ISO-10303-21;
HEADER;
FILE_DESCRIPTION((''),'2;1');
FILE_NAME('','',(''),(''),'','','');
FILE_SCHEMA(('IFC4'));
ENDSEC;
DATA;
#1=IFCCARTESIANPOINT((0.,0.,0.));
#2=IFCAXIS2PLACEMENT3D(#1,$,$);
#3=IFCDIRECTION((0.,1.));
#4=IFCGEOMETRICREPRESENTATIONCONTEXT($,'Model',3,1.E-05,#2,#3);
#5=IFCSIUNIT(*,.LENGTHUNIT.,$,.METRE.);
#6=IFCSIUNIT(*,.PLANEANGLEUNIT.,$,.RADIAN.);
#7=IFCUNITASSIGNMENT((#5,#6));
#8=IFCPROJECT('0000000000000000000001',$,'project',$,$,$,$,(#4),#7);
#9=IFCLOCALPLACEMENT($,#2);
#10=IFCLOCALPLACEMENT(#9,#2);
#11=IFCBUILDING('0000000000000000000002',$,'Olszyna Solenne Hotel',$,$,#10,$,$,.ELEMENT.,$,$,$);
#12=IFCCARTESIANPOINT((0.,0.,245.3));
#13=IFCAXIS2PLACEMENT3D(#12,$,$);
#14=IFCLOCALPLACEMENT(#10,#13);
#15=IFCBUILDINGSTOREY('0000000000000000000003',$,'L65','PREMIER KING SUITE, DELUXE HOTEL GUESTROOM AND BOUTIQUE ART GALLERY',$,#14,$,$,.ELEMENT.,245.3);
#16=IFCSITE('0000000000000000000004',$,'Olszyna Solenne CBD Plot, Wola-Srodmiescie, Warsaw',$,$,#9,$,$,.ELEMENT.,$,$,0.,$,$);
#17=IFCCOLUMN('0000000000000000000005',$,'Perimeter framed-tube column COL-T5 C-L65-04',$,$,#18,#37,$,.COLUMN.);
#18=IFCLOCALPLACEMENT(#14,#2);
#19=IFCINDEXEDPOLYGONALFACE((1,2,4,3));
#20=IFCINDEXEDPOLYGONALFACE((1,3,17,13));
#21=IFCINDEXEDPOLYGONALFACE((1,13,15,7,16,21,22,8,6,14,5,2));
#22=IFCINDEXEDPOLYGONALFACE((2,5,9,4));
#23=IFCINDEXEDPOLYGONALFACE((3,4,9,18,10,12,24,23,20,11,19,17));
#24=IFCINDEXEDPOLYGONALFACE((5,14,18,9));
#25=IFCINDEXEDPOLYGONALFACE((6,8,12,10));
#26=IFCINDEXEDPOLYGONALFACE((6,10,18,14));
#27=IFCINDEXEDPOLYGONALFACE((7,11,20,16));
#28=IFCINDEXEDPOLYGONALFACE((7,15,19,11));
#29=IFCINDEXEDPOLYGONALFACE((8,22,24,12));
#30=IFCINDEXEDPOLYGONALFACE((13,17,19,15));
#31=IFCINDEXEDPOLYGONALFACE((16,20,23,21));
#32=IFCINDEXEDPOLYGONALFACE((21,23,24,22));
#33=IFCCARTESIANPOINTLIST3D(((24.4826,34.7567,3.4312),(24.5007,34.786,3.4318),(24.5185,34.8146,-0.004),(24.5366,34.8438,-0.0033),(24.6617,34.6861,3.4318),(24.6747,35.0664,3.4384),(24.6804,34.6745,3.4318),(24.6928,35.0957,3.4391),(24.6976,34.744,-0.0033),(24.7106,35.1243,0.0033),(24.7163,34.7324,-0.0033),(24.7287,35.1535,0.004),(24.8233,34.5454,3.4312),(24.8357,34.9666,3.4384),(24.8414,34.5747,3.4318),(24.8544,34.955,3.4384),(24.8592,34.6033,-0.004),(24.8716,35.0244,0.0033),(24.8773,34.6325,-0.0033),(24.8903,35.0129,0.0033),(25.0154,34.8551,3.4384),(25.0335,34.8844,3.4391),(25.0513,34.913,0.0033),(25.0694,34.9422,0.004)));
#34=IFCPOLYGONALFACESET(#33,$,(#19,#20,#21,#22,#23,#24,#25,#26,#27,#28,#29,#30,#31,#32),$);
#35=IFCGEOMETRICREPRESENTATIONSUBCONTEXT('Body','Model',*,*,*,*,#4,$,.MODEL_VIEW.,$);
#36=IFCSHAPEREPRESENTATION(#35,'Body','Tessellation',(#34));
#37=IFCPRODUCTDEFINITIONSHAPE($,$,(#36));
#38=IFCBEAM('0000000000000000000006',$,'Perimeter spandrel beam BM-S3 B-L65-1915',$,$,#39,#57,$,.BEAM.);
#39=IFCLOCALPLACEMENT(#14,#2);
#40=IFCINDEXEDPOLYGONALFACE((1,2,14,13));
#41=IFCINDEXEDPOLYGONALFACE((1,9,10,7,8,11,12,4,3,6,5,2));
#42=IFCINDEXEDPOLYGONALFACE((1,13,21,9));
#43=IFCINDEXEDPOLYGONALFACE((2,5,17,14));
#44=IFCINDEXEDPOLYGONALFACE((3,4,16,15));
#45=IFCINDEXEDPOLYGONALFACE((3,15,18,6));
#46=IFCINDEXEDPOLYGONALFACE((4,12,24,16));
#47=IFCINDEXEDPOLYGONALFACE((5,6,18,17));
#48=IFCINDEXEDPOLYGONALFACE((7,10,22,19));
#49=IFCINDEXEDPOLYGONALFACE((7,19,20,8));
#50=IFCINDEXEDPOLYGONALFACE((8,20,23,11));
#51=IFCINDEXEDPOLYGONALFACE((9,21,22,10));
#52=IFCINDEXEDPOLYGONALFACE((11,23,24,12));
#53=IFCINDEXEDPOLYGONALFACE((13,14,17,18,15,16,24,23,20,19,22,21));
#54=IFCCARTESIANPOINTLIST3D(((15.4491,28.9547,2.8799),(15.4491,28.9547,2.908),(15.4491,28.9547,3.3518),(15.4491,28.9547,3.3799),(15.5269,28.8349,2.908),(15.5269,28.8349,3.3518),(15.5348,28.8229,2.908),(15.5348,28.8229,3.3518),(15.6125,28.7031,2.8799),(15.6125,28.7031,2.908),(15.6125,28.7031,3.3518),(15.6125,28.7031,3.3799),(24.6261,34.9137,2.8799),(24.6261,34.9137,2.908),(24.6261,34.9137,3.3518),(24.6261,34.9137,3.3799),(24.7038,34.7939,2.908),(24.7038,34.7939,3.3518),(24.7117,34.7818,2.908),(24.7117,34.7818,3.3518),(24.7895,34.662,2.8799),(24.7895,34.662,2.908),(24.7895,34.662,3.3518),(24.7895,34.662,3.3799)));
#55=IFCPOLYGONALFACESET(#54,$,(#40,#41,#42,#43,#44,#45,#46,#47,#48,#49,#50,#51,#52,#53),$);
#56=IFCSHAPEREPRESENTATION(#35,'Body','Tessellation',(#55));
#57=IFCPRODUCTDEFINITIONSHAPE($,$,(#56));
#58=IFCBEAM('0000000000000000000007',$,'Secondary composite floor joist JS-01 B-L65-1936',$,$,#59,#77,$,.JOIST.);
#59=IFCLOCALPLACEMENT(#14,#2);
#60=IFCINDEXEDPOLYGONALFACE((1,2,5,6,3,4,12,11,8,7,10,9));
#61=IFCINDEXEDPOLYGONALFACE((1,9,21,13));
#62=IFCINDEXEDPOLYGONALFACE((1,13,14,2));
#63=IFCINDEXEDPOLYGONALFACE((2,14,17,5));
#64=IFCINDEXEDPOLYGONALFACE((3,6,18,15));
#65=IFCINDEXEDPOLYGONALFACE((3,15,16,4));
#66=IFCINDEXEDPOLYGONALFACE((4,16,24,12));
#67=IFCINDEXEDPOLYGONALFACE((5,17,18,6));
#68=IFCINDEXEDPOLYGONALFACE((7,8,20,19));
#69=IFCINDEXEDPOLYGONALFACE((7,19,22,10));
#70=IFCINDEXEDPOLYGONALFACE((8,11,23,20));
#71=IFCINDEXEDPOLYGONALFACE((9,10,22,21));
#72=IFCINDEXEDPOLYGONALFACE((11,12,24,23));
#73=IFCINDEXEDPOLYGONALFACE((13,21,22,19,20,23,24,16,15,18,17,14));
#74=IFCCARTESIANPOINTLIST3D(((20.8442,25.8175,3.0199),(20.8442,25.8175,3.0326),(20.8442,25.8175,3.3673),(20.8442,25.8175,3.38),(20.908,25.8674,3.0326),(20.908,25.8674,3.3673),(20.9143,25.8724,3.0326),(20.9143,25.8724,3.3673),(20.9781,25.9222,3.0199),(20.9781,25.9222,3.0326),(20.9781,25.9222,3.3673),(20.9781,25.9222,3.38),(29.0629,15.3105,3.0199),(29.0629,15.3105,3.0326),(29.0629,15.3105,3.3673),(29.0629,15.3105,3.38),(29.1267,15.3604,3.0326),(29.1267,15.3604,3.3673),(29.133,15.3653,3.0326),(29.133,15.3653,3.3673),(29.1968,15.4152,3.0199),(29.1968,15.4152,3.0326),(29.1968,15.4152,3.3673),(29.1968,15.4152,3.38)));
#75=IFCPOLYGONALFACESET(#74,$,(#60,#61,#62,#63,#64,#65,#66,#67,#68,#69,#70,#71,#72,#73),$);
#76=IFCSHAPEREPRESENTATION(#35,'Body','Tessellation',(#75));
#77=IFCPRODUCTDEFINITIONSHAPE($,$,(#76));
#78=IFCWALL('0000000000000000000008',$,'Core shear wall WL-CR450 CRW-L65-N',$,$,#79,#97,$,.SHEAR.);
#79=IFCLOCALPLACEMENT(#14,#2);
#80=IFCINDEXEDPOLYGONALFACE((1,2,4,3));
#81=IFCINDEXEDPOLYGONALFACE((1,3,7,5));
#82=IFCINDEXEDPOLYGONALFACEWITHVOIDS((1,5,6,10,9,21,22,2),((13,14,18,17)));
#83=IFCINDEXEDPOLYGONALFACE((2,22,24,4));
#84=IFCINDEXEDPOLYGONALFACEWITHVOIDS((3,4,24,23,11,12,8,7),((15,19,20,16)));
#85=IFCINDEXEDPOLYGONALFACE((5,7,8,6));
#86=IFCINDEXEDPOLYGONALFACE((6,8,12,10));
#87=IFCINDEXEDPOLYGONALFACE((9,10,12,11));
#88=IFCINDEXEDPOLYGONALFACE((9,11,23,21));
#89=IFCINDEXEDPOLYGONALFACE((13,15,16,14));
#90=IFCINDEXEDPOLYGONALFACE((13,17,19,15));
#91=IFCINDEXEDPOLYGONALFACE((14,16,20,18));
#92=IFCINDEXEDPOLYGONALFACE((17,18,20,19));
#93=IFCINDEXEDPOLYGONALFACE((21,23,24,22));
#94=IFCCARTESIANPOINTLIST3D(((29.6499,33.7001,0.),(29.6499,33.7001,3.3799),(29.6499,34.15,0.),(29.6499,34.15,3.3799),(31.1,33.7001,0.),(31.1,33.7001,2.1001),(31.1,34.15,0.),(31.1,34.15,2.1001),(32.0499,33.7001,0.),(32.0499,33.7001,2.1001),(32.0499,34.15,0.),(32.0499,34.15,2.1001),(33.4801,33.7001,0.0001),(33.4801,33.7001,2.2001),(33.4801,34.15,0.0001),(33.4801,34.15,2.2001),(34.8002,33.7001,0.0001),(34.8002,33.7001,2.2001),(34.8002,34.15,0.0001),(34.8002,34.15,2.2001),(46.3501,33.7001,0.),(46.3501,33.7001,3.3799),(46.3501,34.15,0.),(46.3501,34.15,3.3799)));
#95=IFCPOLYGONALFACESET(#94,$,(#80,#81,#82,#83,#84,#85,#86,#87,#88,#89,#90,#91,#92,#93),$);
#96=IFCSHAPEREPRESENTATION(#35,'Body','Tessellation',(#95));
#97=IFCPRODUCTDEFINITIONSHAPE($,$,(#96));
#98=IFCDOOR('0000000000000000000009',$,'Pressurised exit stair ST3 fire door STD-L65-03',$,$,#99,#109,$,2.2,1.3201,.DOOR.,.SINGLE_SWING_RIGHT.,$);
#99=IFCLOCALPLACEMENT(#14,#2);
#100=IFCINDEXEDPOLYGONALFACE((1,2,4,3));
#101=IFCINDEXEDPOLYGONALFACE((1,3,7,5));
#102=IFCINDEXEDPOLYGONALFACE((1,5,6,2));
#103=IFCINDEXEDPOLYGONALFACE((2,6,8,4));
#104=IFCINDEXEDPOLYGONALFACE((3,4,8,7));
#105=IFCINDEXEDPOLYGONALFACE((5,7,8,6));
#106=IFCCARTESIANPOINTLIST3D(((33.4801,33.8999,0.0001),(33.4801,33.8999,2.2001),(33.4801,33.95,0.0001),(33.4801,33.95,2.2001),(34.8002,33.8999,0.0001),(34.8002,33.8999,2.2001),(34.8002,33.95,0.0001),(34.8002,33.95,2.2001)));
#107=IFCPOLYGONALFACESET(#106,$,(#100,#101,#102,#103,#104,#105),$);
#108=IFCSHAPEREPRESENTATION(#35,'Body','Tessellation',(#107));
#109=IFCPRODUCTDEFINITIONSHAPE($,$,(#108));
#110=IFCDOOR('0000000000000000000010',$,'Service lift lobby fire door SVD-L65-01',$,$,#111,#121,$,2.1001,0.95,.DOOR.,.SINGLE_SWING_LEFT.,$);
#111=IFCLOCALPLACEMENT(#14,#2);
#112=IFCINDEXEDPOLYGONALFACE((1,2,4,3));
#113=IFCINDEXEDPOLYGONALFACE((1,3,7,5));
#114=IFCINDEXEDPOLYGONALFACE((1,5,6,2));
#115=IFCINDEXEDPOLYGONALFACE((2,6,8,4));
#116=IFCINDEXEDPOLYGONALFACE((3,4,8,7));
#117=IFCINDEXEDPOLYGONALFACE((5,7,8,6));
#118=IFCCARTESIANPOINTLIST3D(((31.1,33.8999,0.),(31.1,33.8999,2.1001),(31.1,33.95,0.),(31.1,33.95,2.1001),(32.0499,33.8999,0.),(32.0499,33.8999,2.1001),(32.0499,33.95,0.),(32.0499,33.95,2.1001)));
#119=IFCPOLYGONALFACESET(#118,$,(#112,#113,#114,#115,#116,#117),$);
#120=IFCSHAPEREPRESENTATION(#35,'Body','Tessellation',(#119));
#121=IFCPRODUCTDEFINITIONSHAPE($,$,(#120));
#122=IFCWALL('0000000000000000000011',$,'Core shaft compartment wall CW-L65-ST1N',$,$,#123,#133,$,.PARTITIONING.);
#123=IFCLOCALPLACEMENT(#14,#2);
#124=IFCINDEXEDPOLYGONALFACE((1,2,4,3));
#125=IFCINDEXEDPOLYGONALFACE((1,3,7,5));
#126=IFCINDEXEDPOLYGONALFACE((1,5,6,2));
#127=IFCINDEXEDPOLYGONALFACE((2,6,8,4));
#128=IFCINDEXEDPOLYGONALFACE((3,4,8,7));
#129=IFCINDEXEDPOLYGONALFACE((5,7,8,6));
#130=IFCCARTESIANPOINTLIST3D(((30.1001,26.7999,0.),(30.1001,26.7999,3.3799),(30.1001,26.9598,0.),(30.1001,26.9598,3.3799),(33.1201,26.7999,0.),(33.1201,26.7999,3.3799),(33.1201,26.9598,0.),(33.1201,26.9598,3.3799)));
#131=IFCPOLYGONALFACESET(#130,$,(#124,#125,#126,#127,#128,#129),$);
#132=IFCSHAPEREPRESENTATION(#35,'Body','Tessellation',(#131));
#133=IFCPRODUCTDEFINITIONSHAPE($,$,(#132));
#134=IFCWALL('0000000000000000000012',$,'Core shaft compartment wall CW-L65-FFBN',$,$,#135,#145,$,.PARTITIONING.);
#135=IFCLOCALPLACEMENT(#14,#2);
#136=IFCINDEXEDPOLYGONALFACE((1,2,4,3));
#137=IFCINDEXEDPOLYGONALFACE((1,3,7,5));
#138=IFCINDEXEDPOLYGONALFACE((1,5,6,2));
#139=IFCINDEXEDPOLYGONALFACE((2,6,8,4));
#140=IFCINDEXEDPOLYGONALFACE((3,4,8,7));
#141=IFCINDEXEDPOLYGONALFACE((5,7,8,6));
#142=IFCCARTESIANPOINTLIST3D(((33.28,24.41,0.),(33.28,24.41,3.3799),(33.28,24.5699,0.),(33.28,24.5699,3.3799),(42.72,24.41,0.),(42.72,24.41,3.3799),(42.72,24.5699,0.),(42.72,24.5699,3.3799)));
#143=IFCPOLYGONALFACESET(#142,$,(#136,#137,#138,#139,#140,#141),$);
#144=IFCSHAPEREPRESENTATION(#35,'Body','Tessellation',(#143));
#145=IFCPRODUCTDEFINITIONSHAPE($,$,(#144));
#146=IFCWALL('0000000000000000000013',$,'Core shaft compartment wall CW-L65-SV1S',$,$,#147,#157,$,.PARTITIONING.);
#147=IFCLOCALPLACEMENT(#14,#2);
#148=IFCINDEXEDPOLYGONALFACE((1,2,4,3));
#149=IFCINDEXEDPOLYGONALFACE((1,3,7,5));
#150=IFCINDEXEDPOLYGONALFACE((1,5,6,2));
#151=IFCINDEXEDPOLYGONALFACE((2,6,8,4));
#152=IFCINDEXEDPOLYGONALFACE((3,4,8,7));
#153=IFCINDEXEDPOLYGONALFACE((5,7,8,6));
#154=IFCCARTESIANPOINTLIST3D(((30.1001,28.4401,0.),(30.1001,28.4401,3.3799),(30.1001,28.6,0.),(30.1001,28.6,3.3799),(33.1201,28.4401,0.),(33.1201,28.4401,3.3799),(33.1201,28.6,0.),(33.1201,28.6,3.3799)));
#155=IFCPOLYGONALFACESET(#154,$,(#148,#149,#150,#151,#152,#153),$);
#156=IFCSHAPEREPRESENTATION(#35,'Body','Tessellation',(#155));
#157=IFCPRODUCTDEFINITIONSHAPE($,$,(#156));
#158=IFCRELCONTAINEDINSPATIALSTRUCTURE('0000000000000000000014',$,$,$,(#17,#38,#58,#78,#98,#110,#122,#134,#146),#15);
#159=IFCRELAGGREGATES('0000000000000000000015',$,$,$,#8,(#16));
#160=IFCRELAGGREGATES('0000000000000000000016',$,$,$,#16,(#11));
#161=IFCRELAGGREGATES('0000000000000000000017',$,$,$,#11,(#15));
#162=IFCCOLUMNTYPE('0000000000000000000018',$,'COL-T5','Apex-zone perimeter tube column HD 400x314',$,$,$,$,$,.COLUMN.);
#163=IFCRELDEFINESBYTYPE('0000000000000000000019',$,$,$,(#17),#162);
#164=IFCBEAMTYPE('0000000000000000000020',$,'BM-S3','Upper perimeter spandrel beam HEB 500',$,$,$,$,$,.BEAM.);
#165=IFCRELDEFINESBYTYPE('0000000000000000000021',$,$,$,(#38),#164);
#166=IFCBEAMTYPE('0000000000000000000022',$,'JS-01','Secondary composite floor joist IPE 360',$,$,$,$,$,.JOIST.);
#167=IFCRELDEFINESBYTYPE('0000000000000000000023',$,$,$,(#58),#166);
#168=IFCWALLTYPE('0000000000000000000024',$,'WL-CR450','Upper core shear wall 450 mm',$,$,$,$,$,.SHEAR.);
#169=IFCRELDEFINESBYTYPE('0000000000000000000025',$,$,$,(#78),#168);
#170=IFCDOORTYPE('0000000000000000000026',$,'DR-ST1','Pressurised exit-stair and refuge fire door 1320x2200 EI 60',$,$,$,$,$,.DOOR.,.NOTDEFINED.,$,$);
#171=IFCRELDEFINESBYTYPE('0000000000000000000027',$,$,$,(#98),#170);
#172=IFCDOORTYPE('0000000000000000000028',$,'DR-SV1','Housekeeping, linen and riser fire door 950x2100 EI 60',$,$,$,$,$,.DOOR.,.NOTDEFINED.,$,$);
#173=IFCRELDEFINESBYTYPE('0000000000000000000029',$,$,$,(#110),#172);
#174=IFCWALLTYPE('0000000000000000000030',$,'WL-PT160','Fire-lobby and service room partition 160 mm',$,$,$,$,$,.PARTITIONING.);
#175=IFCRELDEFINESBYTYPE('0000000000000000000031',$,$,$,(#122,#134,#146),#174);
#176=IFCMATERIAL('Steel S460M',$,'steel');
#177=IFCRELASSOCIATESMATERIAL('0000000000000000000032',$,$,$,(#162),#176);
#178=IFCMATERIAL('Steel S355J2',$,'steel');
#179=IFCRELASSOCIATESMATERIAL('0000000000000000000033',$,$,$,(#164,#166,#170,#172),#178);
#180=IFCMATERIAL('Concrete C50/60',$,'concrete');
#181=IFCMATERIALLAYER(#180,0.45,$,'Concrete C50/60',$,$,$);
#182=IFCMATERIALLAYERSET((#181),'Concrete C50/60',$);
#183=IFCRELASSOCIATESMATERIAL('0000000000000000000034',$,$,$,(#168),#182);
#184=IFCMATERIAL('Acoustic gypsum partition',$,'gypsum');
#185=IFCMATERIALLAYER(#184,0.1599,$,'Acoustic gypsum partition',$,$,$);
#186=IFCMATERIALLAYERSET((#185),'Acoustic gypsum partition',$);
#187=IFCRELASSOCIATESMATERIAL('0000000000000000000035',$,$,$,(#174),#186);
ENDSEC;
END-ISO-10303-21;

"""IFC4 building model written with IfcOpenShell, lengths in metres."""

from ifc_helpers import new_model, si_unit, direction, frame, frame_2d, origin, origin_2d, place, context, subcontext, project, spatial, rectangle, i_section, extrude, source, transform, mapped, material, layer, layer_set, material_profile, profile_set, type_object, type_shapes, element, fill, save


model = new_model("IFC4")

# Units and contexts
model_context = context("Model", 3, precision=1e-05, world=origin(), true_north=direction((0.0, 1.0)))
body_context = subcontext(model_context, "Body", "Model", "MODEL_VIEW")
ifc_project = project(units=[si_unit("LENGTHUNIT", "METRE"), si_unit("PLANEANGLEUNIT", "RADIAN")], contexts=[model_context])

# Site, building, storey
site_placement = place(None, origin())
site = spatial("IfcSite", under=ifc_project, at=site_placement, Name="Olszyna Solenne CBD Plot, Wola-Srodmiescie, Warsaw", CompositionType="ELEMENT", RefElevation=0.0)
building_placement = place(site_placement, origin())
building = spatial("IfcBuilding", under=site, at=building_placement, Name="Olszyna Solenne Hotel", CompositionType="ELEMENT")
storey_placement = place(building_placement, frame((0.0, 0.0, 245.3)))
storey = spatial("IfcBuildingStorey", under=building, at=storey_placement, Name="L65", Description="PREMIER KING SUITE, DELUXE HOTEL GUESTROOM AND BOUTIQUE ART GALLERY", CompositionType="ELEMENT", Elevation=245.3)

# Column
ifc_material_1 = material(Name="Steel S460M", Category="steel")
ifc_material_profile_1 = material_profile(ifc_material_1, i_section(OverallWidth=0.4009, OverallDepth=0.3989, WebThickness=0.022, FlangeThickness=0.0344, at=origin_2d()), Name="HD 400x314", Category="load-bearing")
ifc_profile_set_1 = profile_set([ifc_material_profile_1], Name="Steel S460M")
column_type = type_object("IfcColumnType", Name="COL-T5", Description="Apex-zone perimeter tube column HD 400x314", PredefinedType="COLUMN", material=ifc_profile_set_1)
shared_shape_1 = source(origin(), body_context, "Body", "SweptSolid", [
    extrude(i_section(OverallWidth=0.4009, OverallDepth=0.3989, WebThickness=0.022, FlangeThickness=0.0344, at=origin_2d()), origin(), (0.0, 0.0, 1.0), 3.4358),
])
column_placement = place(storey_placement, frame((24.7939, 34.8784, 0.0), z_axis=(-0.010446, -0.016841, 0.999804), x_axis=(0.849806, -0.527095, 0.0)))
element("IfcColumn", 1, at=column_placement, inside=storey, type_object=column_type, Name="Perimeter framed-tube column COL-T5 C-L65-04", PredefinedType="COLUMN", context=body_context, shape_type="MappedRepresentation", body=[
    mapped(shared_shape_1, transform((0.0, 0.0, 0.0), x_axis=(1.0, 0.0, 0.0), y_axis=(0.0, 1.0, 0.0), z_axis=(0.0, 0.0, 1.0), scale=1.0)),
])

# Beams
ifc_material_2 = material(Name="Steel S355J2", Category="steel")
ifc_material_profile_2 = material_profile(ifc_material_2, i_section(OverallWidth=0.3, OverallDepth=0.5, WebThickness=0.0144, FlangeThickness=0.0281, at=origin_2d()), Name="HEB 500", Category="load-bearing")
ifc_profile_set_2 = profile_set([ifc_material_profile_2], Name="Steel S355J2")
beam_type_1 = type_object("IfcBeamType", Name="BM-S3", Description="Upper perimeter spandrel beam HEB 500", PredefinedType="BEAM", material=ifc_profile_set_2)
shared_shape_2 = source(origin(), body_context, "Body", "SweptSolid", [
    extrude(i_section(OverallWidth=0.3, OverallDepth=0.5, WebThickness=0.0144, FlangeThickness=0.0281, at=origin_2d()), origin(), (0.0, 0.0, 1.0), 10.9419),
])
beam_1_placement = place(storey_placement, frame((24.7078, 34.7878, 3.1299), z_axis=(-0.838697, -0.544599, 0.0), x_axis=(0.544599, -0.838697, 0.0)))
element("IfcBeam", 2, at=beam_1_placement, inside=storey, type_object=beam_type_1, Name="Perimeter spandrel beam BM-S3 B-L65-1915", PredefinedType="BEAM", context=body_context, shape_type="MappedRepresentation", body=[
    mapped(shared_shape_2, transform((0.0, 0.0, 0.0), x_axis=(1.0, 0.0, 0.0), y_axis=(0.0, 1.0, 0.0), z_axis=(0.0, 0.0, 1.0), scale=1.0)),
])
ifc_material_profile_3 = material_profile(ifc_material_2, i_section(OverallWidth=0.1699, OverallDepth=0.3601, WebThickness=0.0081, FlangeThickness=0.0127, at=origin_2d()), Name="IPE 360", Category="load-bearing")
ifc_profile_set_3 = profile_set([ifc_material_profile_3], Name="Steel S355J2")
beam_type_2 = type_object("IfcBeamType", Name="JS-01", Description="Secondary composite floor joist IPE 360", PredefinedType="JOIST", material=ifc_profile_set_3)
shared_shape_3 = source(origin(), body_context, "Body", "SweptSolid", [
    extrude(i_section(OverallWidth=0.1699, OverallDepth=0.3601, WebThickness=0.0081, FlangeThickness=0.0127, at=origin_2d()), origin(), (0.0, 0.0, 1.0), 13.3396),
])
beam_2_placement = place(storey_placement, frame((20.9111, 25.8699, 3.2), z_axis=(0.616114, -0.787657, 0.0), x_axis=(0.787657, 0.616114, 0.0)))
element("IfcBeam", 3, at=beam_2_placement, inside=storey, type_object=beam_type_2, Name="Secondary composite floor joist JS-01 B-L65-1936", PredefinedType="JOIST", context=body_context, shape_type="MappedRepresentation", body=[
    mapped(shared_shape_3, transform((0.0, 0.0, 0.0), x_axis=(1.0, 0.0, 0.0), y_axis=(0.0, 1.0, 0.0), z_axis=(0.0, 0.0, 1.0), scale=1.0)),
])

# Wall, openings, doors
ifc_material_3 = material(Name="Concrete C50/60", Category="concrete")
ifc_layer_1 = layer(ifc_material_3, 0.45, Name="Concrete C50/60")
ifc_layer_set_1 = layer_set([ifc_layer_1], Name="Concrete C50/60")
wall_type_1 = type_object("IfcWallType", Name="WL-CR450", Description="Upper core shear wall 450 mm", PredefinedType="SHEAR", material=ifc_layer_set_1)
wall_1_placement = place(storey_placement, frame((29.6499, 33.925, 0.0), z_axis=(0.0, 0.0, 1.0), x_axis=(1.0, 0.0, 0.0)))
wall_1 = element("IfcWall", 4, at=wall_1_placement, inside=storey, type_object=wall_type_1, Name="Core shear wall WL-CR450 CRW-L65-N", PredefinedType="SHEAR", context=body_context, shape_type="SweptSolid", body=[
    extrude(rectangle(XDim=16.7002, YDim=0.45, at=frame_2d((8.3501, 0.0))), origin(), (0.0, 0.0, 1.0), 3.3799),
])
opening_1_placement = place(wall_1_placement, frame((1.45, 0.0, 0.0)))
opening_1 = element("IfcOpeningElement", 5, at=opening_1_placement, cuts=wall_1, PredefinedType="OPENING", context=body_context, shape_type="SweptSolid", body=[
    extrude(rectangle(XDim=0.95, YDim=2.1001, at=frame_2d((0.4751, 1.05))), frame((0.0, 0.2349, 0.0), z_axis=(0.0, -1.0, 0.0), x_axis=(1.0, 0.0, 0.0)), (0.0, 0.0, 1.0), 0.47),
])
opening_2_placement = place(wall_1_placement, frame((3.8301, 0.0, 0.0)))
opening_2 = element("IfcOpeningElement", 6, at=opening_2_placement, cuts=wall_1, PredefinedType="OPENING", context=body_context, shape_type="SweptSolid", body=[
    extrude(rectangle(XDim=1.3201, YDim=2.2, at=frame_2d((0.6602, 1.1001))), frame((0.0, 0.2349, 0.0), z_axis=(0.0, -1.0, 0.0), x_axis=(1.0, 0.0, 0.0)), (0.0, 0.0, 1.0), 0.47),
])
door_type_1 = type_object("IfcDoorType", Name="DR-ST1", Description="Pressurised exit-stair and refuge fire door 1320x2200 EI 60", OperationType="NOTDEFINED", PredefinedType="DOOR", material=ifc_material_2)
shared_shape_4 = source(origin(), body_context, "Body", "SweptSolid", [
    extrude(rectangle(XDim=1.3201, YDim=2.2, at=frame_2d((0.6602, 1.1001))), frame((0.0, 0.0249, 0.0), z_axis=(0.0, -1.0, 0.0), x_axis=(1.0, 0.0, 0.0)), (0.0, 0.0, 1.0), 0.05),
])
type_shapes(door_type_1, [shared_shape_4])
door_1_placement = place(opening_2_placement, origin())
door_1 = element("IfcDoor", 7, at=door_1_placement, inside=storey, type_object=door_type_1, Name="Pressurised exit stair ST3 fire door STD-L65-03", OperationType="SINGLE_SWING_RIGHT", OverallHeight=2.2, OverallWidth=1.3201, PredefinedType="DOOR", context=body_context, shape_type="MappedRepresentation", body=[
    mapped(shared_shape_4, transform((0.0, 0.0, 0.0), x_axis=(1.0, 0.0, 0.0), y_axis=(0.0, 1.0, 0.0), z_axis=(0.0, 0.0, 1.0), scale=1.0)),
])
fill(opening_2, door_1)
door_type_2 = type_object("IfcDoorType", Name="DR-SV1", Description="Housekeeping, linen and riser fire door 950x2100 EI 60", OperationType="NOTDEFINED", PredefinedType="DOOR", material=ifc_material_2)
shared_shape_5 = source(origin(), body_context, "Body", "SweptSolid", [
    extrude(rectangle(XDim=0.95, YDim=2.1001, at=frame_2d((0.4751, 1.05))), frame((0.0, 0.0249, 0.0), z_axis=(0.0, -1.0, 0.0), x_axis=(1.0, 0.0, 0.0)), (0.0, 0.0, 1.0), 0.05),
])
type_shapes(door_type_2, [shared_shape_5])
door_2_placement = place(opening_1_placement, origin())
door_2 = element("IfcDoor", 8, at=door_2_placement, inside=storey, type_object=door_type_2, Name="Service lift lobby fire door SVD-L65-01", OperationType="SINGLE_SWING_LEFT", OverallHeight=2.1001, OverallWidth=0.95, PredefinedType="DOOR", context=body_context, shape_type="MappedRepresentation", body=[
    mapped(shared_shape_5, transform((0.0, 0.0, 0.0), x_axis=(1.0, 0.0, 0.0), y_axis=(0.0, 1.0, 0.0), z_axis=(0.0, 0.0, 1.0), scale=1.0)),
])
fill(opening_1, door_2)

# Walls
ifc_material_4 = material(Name="Acoustic gypsum partition", Category="gypsum")
ifc_layer_2 = layer(ifc_material_4, 0.1599, Name="Acoustic gypsum partition")
ifc_layer_set_2 = layer_set([ifc_layer_2], Name="Acoustic gypsum partition")
wall_type_2 = type_object("IfcWallType", Name="WL-PT160", Description="Fire-lobby and service room partition 160 mm", PredefinedType="PARTITIONING", material=ifc_layer_set_2)
wall_2_placement = place(storey_placement, frame((30.1001, 26.8799, 0.0), z_axis=(0.0, 0.0, 1.0), x_axis=(1.0, 0.0, 0.0)))
element("IfcWall", 9, at=wall_2_placement, inside=storey, type_object=wall_type_2, Name="Core shaft compartment wall CW-L65-ST1N", PredefinedType="PARTITIONING", context=body_context, shape_type="SweptSolid", body=[
    extrude(rectangle(XDim=3.02, YDim=0.1599, at=frame_2d((1.51, 0.0))), origin(), (0.0, 0.0, 1.0), 3.3799),
])
wall_3_placement = place(storey_placement, frame((33.28, 24.49, 0.0), z_axis=(0.0, 0.0, 1.0), x_axis=(1.0, 0.0, 0.0)))
element("IfcWall", 10, at=wall_3_placement, inside=storey, type_object=wall_type_2, Name="Core shaft compartment wall CW-L65-FFBN", PredefinedType="PARTITIONING", context=body_context, shape_type="SweptSolid", body=[
    extrude(rectangle(XDim=9.4399, YDim=0.1599, at=frame_2d((4.72, 0.0))), origin(), (0.0, 0.0, 1.0), 3.3799),
])
wall_4_placement = place(storey_placement, frame((30.1001, 28.52, 0.0), z_axis=(0.0, 0.0, 1.0), x_axis=(1.0, 0.0, 0.0)))
element("IfcWall", 11, at=wall_4_placement, inside=storey, type_object=wall_type_2, Name="Core shaft compartment wall CW-L65-SV1S", PredefinedType="PARTITIONING", context=body_context, shape_type="SweptSolid", body=[
    extrude(rectangle(XDim=3.02, YDim=0.1599, at=frame_2d((1.51, 0.0))), origin(), (0.0, 0.0, 1.0), 3.3799),
])

save(model, "model.ifc")
